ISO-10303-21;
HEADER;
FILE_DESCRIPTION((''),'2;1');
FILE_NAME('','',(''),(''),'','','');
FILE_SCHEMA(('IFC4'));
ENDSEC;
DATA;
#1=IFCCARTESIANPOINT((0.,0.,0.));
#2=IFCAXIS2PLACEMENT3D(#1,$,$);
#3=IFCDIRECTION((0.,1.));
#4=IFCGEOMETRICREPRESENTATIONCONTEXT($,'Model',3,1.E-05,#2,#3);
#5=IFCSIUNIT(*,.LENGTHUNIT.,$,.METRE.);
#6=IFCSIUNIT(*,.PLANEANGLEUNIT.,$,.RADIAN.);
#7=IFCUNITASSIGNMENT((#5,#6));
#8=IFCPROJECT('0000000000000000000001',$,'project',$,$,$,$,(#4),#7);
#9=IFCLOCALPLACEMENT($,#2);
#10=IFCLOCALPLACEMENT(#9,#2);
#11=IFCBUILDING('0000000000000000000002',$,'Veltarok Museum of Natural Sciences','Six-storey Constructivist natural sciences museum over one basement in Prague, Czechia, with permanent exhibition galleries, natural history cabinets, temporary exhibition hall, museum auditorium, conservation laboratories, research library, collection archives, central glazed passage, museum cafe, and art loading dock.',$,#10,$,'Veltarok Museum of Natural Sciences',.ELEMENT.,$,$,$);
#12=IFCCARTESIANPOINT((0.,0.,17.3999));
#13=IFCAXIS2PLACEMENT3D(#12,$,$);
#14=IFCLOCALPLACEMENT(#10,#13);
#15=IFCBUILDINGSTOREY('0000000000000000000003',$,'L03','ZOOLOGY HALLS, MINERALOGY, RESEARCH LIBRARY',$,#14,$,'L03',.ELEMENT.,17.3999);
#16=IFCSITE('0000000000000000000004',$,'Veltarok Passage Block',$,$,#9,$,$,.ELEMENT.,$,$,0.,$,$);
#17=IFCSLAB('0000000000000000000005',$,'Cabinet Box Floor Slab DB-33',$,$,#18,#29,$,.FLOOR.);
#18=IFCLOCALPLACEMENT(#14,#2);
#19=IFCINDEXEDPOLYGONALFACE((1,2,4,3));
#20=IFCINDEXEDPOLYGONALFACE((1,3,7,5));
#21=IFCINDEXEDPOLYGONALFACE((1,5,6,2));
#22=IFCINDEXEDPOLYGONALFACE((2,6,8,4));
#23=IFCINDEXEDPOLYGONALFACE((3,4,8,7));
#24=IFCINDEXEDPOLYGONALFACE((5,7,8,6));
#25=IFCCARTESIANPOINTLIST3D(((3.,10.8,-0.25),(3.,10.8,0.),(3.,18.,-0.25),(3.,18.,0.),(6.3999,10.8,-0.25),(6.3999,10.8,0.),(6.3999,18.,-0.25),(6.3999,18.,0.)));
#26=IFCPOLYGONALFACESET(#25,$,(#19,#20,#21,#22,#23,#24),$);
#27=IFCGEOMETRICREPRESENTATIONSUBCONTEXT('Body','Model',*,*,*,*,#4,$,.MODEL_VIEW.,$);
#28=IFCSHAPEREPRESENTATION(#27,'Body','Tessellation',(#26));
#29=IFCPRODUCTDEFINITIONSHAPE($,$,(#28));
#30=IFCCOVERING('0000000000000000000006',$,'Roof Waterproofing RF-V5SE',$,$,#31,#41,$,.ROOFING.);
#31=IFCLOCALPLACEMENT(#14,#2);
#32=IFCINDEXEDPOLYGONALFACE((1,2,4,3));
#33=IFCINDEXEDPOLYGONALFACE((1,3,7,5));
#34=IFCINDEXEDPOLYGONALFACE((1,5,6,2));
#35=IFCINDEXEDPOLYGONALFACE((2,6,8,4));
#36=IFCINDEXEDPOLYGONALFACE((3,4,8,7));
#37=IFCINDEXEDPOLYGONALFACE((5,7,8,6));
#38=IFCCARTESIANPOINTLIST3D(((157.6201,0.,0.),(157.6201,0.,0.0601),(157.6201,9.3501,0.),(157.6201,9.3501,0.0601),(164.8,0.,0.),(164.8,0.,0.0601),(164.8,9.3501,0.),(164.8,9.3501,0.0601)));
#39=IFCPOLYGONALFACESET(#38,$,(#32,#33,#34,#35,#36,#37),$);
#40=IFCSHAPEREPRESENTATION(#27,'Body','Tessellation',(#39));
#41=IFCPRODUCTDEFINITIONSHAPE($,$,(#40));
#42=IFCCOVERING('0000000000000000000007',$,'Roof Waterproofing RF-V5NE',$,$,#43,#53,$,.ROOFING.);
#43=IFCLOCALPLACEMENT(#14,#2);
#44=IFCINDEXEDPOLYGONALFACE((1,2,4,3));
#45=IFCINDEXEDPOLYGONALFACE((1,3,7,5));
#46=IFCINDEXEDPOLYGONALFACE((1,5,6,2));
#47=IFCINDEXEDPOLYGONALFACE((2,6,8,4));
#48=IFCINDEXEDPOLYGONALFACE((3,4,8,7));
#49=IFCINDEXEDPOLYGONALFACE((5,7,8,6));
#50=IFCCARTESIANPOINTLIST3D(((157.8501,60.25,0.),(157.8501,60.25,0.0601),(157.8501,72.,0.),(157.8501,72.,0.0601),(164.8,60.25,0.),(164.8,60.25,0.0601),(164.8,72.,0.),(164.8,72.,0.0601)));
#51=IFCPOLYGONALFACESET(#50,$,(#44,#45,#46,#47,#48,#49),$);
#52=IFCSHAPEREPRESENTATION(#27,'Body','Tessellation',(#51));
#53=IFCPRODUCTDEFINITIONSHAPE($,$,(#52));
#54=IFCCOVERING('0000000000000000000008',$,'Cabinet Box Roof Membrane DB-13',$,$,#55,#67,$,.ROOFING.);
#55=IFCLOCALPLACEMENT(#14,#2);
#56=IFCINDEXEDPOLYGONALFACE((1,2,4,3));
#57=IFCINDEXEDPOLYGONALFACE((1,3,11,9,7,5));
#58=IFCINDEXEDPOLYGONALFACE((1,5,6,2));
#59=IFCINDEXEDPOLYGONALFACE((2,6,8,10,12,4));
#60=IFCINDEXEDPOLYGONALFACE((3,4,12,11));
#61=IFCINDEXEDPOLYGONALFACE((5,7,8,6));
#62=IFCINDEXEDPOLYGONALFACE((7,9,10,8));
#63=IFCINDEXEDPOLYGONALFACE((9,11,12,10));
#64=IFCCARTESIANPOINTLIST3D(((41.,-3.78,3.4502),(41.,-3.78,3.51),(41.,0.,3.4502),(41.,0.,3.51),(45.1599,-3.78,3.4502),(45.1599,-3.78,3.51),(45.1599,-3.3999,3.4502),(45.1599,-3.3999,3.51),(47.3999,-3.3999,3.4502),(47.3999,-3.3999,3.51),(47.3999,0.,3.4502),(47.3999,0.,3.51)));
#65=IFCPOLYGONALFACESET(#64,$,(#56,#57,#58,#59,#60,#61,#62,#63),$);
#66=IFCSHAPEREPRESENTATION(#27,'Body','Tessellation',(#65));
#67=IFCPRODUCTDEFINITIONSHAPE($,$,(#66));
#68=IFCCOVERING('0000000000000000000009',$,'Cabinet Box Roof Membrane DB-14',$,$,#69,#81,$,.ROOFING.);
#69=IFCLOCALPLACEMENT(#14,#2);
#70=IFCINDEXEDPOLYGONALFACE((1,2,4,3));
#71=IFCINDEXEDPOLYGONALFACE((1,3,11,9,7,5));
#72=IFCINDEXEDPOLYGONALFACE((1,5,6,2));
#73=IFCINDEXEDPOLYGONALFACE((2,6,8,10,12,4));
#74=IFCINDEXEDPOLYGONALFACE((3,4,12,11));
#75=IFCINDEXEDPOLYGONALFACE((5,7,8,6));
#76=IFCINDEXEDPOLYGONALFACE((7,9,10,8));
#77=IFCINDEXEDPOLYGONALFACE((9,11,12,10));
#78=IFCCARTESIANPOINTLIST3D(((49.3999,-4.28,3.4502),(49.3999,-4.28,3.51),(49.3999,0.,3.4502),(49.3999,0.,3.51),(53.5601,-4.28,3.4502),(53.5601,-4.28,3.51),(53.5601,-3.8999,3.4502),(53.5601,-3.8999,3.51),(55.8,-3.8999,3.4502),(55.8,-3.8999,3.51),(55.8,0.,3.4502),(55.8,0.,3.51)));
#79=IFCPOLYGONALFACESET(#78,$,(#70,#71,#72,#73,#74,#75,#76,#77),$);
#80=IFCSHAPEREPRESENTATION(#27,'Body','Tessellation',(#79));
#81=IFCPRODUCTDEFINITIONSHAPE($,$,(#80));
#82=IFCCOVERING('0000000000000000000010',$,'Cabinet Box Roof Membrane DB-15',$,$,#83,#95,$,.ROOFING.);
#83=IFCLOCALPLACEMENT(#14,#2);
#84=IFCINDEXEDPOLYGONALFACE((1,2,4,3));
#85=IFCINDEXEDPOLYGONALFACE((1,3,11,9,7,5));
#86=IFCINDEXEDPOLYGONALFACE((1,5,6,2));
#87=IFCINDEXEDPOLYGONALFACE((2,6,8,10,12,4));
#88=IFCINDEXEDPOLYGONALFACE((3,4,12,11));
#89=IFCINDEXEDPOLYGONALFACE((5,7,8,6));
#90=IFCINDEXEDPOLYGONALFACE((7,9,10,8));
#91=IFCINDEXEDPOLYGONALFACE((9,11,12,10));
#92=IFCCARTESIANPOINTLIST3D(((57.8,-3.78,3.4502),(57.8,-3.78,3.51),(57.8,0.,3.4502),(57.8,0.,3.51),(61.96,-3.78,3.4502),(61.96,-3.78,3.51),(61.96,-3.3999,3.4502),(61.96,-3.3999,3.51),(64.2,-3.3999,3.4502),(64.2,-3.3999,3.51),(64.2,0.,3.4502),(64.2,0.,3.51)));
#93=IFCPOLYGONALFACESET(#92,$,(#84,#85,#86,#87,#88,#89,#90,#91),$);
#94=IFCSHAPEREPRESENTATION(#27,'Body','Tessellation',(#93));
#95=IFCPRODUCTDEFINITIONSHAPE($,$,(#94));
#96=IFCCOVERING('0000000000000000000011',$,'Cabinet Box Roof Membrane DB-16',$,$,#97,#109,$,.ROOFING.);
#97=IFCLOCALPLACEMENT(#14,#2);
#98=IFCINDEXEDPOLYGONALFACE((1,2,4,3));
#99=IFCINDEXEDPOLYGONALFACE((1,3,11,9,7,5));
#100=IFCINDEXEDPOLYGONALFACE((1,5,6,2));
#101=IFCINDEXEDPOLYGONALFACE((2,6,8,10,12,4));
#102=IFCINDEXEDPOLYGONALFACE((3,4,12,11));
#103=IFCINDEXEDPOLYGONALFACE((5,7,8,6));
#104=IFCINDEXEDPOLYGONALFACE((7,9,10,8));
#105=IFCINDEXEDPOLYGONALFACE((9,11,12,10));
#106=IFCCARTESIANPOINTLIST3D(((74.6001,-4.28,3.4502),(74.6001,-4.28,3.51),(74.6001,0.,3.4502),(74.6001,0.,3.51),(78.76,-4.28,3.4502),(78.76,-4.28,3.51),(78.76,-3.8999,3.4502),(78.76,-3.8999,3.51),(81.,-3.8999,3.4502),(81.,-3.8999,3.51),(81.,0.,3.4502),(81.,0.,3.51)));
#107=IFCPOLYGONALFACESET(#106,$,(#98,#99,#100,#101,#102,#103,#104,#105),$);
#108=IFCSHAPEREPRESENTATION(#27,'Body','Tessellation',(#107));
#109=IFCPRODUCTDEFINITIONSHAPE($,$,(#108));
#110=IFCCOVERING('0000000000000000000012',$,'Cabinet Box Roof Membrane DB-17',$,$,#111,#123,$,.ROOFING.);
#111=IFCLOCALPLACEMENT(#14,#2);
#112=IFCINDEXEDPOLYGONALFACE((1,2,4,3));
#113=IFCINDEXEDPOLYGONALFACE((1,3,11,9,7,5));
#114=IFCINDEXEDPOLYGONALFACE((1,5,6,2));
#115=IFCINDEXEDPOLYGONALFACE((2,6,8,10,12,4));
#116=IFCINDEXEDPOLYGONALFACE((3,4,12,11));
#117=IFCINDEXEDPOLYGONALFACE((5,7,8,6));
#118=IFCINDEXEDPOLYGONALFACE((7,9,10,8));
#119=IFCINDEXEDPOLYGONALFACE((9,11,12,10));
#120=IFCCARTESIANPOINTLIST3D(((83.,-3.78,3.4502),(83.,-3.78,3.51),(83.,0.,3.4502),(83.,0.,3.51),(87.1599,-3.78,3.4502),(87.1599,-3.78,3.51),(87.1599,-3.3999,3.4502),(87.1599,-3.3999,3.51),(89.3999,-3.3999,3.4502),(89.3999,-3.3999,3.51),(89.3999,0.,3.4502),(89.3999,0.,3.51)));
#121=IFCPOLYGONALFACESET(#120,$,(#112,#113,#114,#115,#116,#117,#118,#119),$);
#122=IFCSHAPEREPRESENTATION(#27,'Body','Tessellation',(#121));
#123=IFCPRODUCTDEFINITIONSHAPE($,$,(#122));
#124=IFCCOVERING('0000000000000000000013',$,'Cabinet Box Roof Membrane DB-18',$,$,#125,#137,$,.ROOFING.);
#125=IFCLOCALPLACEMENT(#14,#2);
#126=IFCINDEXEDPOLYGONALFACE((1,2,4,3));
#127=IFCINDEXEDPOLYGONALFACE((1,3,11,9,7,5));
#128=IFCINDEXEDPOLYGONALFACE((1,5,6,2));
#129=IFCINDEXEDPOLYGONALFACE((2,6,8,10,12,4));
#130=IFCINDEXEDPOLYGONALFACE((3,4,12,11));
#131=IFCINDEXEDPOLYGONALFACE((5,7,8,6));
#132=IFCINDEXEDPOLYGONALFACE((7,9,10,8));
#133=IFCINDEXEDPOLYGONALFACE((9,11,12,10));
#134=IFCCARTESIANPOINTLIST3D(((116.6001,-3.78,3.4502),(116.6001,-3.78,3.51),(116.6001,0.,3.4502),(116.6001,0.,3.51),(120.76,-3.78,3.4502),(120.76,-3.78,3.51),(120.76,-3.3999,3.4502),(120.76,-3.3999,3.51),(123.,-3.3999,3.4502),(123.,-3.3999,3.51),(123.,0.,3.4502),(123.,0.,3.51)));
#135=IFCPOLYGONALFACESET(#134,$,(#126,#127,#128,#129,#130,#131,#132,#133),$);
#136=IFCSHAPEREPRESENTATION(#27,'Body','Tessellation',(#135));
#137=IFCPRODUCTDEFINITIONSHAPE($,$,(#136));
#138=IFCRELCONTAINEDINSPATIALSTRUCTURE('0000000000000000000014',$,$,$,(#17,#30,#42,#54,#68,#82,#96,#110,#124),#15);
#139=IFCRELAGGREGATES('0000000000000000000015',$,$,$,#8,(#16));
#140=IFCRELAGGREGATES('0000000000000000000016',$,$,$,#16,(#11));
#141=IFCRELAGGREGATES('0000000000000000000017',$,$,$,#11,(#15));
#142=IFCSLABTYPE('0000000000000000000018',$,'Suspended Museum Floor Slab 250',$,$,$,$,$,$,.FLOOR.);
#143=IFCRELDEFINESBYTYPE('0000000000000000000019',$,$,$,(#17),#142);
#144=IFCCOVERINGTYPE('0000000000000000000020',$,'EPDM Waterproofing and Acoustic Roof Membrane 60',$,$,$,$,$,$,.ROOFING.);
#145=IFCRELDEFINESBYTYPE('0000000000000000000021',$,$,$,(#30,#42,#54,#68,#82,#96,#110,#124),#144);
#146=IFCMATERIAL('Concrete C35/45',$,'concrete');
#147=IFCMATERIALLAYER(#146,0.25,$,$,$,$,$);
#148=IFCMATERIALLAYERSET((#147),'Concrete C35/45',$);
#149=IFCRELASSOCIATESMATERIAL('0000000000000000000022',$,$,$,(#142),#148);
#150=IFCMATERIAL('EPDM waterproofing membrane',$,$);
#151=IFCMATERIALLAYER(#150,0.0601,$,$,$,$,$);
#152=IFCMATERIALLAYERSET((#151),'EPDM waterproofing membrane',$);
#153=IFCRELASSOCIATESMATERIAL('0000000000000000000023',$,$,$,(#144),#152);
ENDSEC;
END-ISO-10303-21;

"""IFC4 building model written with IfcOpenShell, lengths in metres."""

from ifc_helpers import new_model, si_unit, direction, frame, origin, place, context, subcontext, project, spatial, polyline, outline, extrude, material, layer, layer_set, type_object, element, save


model = new_model("IFC4")

# Units and contexts
model_context = context("Model", 3, precision=1e-05, world=origin(), true_north=direction((0.0, 1.0)))
body_context = subcontext(model_context, "Body", "Model", "MODEL_VIEW")
ifc_project = project(units=[si_unit("LENGTHUNIT", "METRE"), si_unit("PLANEANGLEUNIT", "RADIAN")], contexts=[model_context])

# Site, building, storey
site_placement = place(None, origin())
site = spatial("IfcSite", under=ifc_project, at=site_placement, Name="Veltarok Passage Block", CompositionType="ELEMENT", RefElevation=0.0)
building_placement = place(site_placement, origin())
building = spatial("IfcBuilding", under=site, at=building_placement, Name="Veltarok Museum of Natural Sciences", Description="Six-storey Constructivist natural sciences museum over one basement in Prague, Czechia, with permanent exhibition galleries, natural history cabinets, temporary exhibition hall, museum auditorium, conservation laboratories, research library, collection archives, central glazed passage, museum cafe, and art loading dock.", LongName="Veltarok Museum of Natural Sciences", CompositionType="ELEMENT")
storey_placement = place(building_placement, frame((0.0, 0.0, 17.3999)))
storey = spatial("IfcBuildingStorey", under=building, at=storey_placement, Name="L03", Description="ZOOLOGY HALLS, MINERALOGY, RESEARCH LIBRARY", LongName="L03", CompositionType="ELEMENT", Elevation=17.3999)

# Slab
ifc_material_1 = material(Name="Concrete C35/45", Category="concrete")
ifc_layer_1 = layer(ifc_material_1, 0.25)
ifc_layer_set_1 = layer_set([ifc_layer_1], Name="Concrete C35/45")
slab_type_1 = type_object("IfcSlabType", Name="Suspended Museum Floor Slab 250", PredefinedType="FLOOR", material=ifc_layer_set_1)
slab_1_placement = place(storey_placement, frame((0.0, 0.0, -0.25)))
element("IfcSlab", 1, at=slab_1_placement, inside=storey, type_object=slab_type_1, Name="Cabinet Box Floor Slab DB-33", PredefinedType="FLOOR", context=body_context, shape_type="SweptSolid", body=[
    extrude(outline(polyline([(3.0, 10.8), (6.3999, 10.8), (6.3999, 18.0), (3.0, 18.0), (3.0, 10.8)])), origin(), (0.0, 0.0, 1.0), 0.25),
])

# Coverings
ifc_material_2 = material(Name="EPDM waterproofing membrane")
ifc_layer_2 = layer(ifc_material_2, 0.0601)
ifc_layer_set_2 = layer_set([ifc_layer_2], Name="EPDM waterproofing membrane")
covering_type = type_object("IfcCoveringType", Name="EPDM Waterproofing and Acoustic Roof Membrane 60", PredefinedType="ROOFING", material=ifc_layer_set_2)
covering_1_placement = place(storey_placement, origin())
element("IfcCovering", 2, at=covering_1_placement, inside=storey, type_object=covering_type, Name="Roof Waterproofing RF-V5SE", PredefinedType="ROOFING", context=body_context, shape_type="SweptSolid", body=[
    extrude(outline(polyline([(157.6201, 0.0), (157.6201, 9.3501), (164.8, 9.3501), (164.8, 0.0), (157.6201, 0.0)])), origin(), (0.0, 0.0, 1.0), 0.0601),
])
covering_2_placement = place(storey_placement, origin())
element("IfcCovering", 3, at=covering_2_placement, inside=storey, type_object=covering_type, Name="Roof Waterproofing RF-V5NE", PredefinedType="ROOFING", context=body_context, shape_type="SweptSolid", body=[
    extrude(outline(polyline([(157.8501, 60.25), (157.8501, 72.0), (164.8, 72.0), (164.8, 60.25), (157.8501, 60.25)])), origin(), (0.0, 0.0, 1.0), 0.0601),
])
covering_3_placement = place(storey_placement, frame((0.0, 0.0, 3.4502)))
element("IfcCovering", 4, at=covering_3_placement, inside=storey, type_object=covering_type, Name="Cabinet Box Roof Membrane DB-13", PredefinedType="ROOFING", context=body_context, shape_type="SweptSolid", body=[
    extrude(outline(polyline([(41.0, -3.78), (45.1599, -3.78), (45.1599, -3.3999), (47.3999, -3.3999), (47.3999, 0.0), (41.0, 0.0), (41.0, -3.78)])), origin(), (0.0, 0.0, 1.0), 0.0598),
])
covering_4_placement = place(storey_placement, frame((0.0, 0.0, 3.4502)))
element("IfcCovering", 5, at=covering_4_placement, inside=storey, type_object=covering_type, Name="Cabinet Box Roof Membrane DB-14", PredefinedType="ROOFING", context=body_context, shape_type="SweptSolid", body=[
    extrude(outline(polyline([(49.3999, -4.28), (53.5601, -4.28), (53.5601, -3.8999), (55.8, -3.8999), (55.8, 0.0), (49.3999, 0.0), (49.3999, -4.28)])), origin(), (0.0, 0.0, 1.0), 0.0598),
])
covering_5_placement = place(storey_placement, frame((0.0, 0.0, 3.4502)))
element("IfcCovering", 6, at=covering_5_placement, inside=storey, type_object=covering_type, Name="Cabinet Box Roof Membrane DB-15", PredefinedType="ROOFING", context=body_context, shape_type="SweptSolid", body=[
    extrude(outline(polyline([(57.8, -3.78), (61.96, -3.78), (61.96, -3.3999), (64.2, -3.3999), (64.2, 0.0), (57.8, 0.0), (57.8, -3.78)])), origin(), (0.0, 0.0, 1.0), 0.0598),
])
covering_6_placement = place(storey_placement, frame((0.0, 0.0, 3.4502)))
element("IfcCovering", 7, at=covering_6_placement, inside=storey, type_object=covering_type, Name="Cabinet Box Roof Membrane DB-16", PredefinedType="ROOFING", context=body_context, shape_type="SweptSolid", body=[
    extrude(outline(polyline([(74.6001, -4.28), (78.76, -4.28), (78.76, -3.8999), (81.0, -3.8999), (81.0, 0.0), (74.6001, 0.0), (74.6001, -4.28)])), origin(), (0.0, 0.0, 1.0), 0.0598),
])
covering_7_placement = place(storey_placement, frame((0.0, 0.0, 3.4502)))
element("IfcCovering", 8, at=covering_7_placement, inside=storey, type_object=covering_type, Name="Cabinet Box Roof Membrane DB-17", PredefinedType="ROOFING", context=body_context, shape_type="SweptSolid", body=[
    extrude(outline(polyline([(83.0, -3.78), (87.1599, -3.78), (87.1599, -3.3999), (89.3999, -3.3999), (89.3999, 0.0), (83.0, 0.0), (83.0, -3.78)])), origin(), (0.0, 0.0, 1.0), 0.0598),
])
covering_8_placement = place(storey_placement, frame((0.0, 0.0, 3.4502)))
element("IfcCovering", 9, at=covering_8_placement, inside=storey, type_object=covering_type, Name="Cabinet Box Roof Membrane DB-18", PredefinedType="ROOFING", context=body_context, shape_type="SweptSolid", body=[
    extrude(outline(polyline([(116.6001, -3.78), (120.76, -3.78), (120.76, -3.3999), (123.0, -3.3999), (123.0, 0.0), (116.6001, 0.0), (116.6001, -3.78)])), origin(), (0.0, 0.0, 1.0), 0.0598),
])

save(model, "model.ifc")
